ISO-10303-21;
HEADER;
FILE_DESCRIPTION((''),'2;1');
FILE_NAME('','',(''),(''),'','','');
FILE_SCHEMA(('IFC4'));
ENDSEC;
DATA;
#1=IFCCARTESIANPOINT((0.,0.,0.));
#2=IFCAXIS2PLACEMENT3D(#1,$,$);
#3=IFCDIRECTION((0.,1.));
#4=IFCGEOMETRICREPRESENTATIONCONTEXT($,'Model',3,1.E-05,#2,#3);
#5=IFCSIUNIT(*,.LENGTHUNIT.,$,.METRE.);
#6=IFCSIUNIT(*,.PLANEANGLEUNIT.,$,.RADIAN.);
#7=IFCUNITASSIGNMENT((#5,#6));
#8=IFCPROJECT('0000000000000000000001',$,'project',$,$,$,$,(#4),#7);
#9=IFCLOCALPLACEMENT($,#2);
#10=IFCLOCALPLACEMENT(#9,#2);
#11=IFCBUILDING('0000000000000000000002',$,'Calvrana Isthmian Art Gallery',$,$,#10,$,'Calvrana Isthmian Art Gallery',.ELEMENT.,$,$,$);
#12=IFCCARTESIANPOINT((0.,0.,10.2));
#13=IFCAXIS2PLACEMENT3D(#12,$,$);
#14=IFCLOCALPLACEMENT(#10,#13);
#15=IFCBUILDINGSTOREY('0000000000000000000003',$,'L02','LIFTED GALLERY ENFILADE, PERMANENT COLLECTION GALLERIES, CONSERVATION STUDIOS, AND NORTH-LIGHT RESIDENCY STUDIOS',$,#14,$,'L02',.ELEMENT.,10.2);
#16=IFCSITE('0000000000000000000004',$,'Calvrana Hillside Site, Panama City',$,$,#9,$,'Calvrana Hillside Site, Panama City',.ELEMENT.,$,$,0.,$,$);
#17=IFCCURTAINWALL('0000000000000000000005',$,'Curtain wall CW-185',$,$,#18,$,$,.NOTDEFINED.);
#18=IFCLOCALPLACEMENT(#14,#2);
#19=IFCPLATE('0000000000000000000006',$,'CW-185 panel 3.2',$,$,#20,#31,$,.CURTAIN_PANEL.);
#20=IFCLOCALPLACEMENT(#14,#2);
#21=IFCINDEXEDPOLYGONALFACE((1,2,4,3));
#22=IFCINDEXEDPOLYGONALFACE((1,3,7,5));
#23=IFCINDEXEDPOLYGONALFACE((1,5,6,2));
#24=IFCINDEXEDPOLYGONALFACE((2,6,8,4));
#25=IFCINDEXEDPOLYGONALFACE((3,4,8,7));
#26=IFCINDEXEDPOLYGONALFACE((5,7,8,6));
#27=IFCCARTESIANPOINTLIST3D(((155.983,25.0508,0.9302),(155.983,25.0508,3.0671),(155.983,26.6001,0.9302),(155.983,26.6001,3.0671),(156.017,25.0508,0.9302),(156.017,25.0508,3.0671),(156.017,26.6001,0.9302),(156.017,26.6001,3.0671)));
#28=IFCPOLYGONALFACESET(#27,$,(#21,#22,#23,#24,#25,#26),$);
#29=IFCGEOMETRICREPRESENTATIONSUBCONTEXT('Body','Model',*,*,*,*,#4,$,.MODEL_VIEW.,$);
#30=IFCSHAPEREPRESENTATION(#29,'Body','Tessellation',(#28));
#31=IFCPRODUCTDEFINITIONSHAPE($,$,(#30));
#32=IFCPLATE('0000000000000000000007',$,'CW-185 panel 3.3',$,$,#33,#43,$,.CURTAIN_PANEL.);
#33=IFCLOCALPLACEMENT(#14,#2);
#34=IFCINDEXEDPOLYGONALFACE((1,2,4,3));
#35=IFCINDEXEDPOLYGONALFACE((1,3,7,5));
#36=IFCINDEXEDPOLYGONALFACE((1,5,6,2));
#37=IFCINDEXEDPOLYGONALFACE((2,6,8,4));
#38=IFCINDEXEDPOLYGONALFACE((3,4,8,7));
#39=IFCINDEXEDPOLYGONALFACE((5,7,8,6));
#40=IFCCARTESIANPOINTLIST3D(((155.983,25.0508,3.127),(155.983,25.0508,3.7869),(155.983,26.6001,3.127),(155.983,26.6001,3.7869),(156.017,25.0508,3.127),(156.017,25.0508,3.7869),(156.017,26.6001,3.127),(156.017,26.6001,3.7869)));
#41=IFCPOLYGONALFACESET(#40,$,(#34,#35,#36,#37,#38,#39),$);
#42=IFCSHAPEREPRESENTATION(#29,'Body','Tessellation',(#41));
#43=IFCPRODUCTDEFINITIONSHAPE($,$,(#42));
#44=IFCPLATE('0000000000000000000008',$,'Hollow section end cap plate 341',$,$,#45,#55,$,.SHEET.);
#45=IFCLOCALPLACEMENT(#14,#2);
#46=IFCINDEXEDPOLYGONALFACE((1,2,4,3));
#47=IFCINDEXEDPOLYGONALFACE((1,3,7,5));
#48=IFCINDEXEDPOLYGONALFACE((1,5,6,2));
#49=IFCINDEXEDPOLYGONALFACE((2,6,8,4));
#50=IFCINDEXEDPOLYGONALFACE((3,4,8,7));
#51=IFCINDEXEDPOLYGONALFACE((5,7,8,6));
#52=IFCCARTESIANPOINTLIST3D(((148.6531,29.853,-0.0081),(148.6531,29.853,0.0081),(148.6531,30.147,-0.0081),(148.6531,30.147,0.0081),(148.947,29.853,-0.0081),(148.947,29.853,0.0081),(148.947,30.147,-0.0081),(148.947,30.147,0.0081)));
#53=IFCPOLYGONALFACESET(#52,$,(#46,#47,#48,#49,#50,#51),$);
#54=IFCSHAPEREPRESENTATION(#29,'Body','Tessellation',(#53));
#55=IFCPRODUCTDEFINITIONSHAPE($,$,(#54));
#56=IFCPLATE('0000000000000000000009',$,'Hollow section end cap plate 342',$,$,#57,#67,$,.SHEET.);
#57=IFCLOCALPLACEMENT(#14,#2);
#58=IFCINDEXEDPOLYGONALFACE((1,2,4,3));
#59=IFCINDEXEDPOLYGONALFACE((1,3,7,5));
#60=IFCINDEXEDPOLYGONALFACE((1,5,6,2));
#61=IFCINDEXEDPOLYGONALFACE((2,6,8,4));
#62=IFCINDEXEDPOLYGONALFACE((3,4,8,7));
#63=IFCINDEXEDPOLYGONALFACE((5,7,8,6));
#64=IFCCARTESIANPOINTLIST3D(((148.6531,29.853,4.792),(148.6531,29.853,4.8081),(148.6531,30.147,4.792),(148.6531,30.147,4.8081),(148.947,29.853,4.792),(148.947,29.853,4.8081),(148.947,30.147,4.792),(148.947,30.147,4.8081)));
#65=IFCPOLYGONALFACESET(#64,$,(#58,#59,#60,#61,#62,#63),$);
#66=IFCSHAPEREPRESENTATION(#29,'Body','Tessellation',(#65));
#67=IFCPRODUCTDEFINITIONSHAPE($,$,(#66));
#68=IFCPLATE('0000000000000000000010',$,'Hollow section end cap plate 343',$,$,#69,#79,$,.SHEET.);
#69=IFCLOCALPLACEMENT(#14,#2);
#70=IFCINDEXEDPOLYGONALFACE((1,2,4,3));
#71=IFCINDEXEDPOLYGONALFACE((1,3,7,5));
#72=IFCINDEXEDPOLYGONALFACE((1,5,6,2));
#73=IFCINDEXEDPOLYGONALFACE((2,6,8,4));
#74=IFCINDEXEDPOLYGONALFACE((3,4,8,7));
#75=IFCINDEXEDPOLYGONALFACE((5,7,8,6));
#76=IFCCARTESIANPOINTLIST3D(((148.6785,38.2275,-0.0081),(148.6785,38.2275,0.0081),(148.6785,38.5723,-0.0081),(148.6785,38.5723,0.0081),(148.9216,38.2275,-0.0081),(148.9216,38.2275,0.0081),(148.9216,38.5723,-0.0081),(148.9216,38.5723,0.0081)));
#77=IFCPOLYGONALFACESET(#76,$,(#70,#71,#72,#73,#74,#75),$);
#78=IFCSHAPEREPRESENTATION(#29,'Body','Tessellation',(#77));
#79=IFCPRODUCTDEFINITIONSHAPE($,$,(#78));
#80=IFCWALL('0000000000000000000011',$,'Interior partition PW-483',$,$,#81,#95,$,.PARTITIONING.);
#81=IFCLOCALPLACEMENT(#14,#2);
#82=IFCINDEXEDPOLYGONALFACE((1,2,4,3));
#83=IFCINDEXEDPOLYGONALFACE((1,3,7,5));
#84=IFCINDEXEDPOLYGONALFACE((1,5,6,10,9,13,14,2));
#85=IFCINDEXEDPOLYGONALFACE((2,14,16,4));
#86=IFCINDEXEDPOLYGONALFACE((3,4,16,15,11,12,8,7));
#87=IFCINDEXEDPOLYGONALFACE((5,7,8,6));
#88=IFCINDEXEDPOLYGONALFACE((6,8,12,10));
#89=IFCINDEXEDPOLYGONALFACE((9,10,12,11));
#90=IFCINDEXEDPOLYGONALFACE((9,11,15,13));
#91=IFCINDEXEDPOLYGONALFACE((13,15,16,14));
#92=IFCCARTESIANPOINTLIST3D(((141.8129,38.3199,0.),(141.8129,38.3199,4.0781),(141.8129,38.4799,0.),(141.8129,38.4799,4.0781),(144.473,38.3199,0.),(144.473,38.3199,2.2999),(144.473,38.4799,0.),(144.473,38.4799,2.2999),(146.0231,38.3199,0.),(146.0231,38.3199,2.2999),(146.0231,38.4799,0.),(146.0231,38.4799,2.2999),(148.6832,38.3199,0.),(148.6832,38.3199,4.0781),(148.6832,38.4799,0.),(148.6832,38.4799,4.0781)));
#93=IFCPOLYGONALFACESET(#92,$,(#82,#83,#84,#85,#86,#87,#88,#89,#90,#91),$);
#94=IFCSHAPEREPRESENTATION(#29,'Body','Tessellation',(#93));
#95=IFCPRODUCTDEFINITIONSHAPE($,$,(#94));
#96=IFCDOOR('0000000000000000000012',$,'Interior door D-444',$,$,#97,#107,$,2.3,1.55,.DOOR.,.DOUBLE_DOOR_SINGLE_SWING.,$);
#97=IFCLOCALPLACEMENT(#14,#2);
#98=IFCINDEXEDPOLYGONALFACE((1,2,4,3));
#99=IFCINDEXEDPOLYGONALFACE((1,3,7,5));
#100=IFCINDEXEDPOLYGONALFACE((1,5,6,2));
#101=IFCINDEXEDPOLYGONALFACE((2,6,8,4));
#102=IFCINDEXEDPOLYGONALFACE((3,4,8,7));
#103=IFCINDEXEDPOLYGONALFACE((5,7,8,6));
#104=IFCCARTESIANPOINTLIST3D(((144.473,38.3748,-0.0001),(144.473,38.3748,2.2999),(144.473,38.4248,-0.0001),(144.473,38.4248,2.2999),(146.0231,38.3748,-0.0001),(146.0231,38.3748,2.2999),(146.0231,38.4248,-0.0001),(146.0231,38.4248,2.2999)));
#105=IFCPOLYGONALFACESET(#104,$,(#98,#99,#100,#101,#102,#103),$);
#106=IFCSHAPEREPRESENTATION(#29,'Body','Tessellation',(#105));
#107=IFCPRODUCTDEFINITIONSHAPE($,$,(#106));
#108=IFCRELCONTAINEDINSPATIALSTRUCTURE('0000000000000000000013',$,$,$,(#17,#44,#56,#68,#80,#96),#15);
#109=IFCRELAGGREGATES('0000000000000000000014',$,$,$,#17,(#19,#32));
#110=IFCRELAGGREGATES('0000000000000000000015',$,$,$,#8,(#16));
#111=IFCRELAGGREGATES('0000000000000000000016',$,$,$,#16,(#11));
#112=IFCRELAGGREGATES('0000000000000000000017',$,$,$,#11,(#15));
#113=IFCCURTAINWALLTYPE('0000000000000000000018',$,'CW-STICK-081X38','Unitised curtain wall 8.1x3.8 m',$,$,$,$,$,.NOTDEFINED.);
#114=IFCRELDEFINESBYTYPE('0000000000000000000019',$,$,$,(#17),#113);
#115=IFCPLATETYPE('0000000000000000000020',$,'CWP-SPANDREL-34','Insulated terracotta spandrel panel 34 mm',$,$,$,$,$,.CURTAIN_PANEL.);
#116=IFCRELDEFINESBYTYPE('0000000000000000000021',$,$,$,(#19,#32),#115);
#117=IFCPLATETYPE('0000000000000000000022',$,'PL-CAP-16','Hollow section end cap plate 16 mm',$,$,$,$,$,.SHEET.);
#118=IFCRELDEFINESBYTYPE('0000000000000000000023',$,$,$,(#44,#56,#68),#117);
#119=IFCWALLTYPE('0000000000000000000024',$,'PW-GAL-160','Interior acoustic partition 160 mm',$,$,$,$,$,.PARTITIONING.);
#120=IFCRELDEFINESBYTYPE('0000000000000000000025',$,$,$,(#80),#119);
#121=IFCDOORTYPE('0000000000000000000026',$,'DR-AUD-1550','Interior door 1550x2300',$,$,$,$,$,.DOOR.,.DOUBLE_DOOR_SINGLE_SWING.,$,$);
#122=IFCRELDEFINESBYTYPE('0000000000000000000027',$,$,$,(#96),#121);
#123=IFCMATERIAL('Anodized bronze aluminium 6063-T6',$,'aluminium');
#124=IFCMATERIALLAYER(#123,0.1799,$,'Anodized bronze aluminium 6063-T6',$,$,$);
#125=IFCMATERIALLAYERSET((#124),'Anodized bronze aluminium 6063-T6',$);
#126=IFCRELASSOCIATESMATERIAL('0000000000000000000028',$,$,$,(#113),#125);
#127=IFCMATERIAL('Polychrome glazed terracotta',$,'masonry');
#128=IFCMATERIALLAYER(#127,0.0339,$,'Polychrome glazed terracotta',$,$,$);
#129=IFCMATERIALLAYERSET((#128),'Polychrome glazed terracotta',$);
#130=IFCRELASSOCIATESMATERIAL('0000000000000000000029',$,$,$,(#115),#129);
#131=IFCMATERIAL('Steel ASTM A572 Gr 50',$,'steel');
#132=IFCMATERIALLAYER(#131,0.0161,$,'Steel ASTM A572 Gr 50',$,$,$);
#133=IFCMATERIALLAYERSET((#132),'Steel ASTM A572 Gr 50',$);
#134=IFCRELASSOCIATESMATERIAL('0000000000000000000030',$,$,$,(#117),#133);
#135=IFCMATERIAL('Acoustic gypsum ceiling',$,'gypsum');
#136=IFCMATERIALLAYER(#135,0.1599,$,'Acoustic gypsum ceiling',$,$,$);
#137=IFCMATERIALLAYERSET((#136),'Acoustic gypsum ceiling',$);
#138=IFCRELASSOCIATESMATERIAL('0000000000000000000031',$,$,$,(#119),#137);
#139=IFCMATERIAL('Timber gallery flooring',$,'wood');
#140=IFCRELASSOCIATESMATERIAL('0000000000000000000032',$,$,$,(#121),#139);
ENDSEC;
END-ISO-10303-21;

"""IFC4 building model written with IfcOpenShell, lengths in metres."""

from ifc_helpers import new_model, si_unit, direction, frame, frame_2d, origin, origin_2d, place, context, subcontext, project, spatial, rectangle, extrude, material, layer, layer_set, type_object, element, fill, aggregate, save


model = new_model("IFC4")

# Units and contexts
model_context = context("Model", 3, precision=1e-05, world=origin(), true_north=direction((0.0, 1.0)))
body_context = subcontext(model_context, "Body", "Model", "MODEL_VIEW")
ifc_project = project(units=[si_unit("LENGTHUNIT", "METRE"), si_unit("PLANEANGLEUNIT", "RADIAN")], contexts=[model_context])

# Site, building, storey
site_placement = place(None, origin())
site = spatial("IfcSite", under=ifc_project, at=site_placement, Name="Calvrana Hillside Site, Panama City", LongName="Calvrana Hillside Site, Panama City", CompositionType="ELEMENT", RefElevation=0.0)
building_placement = place(site_placement, origin())
building = spatial("IfcBuilding", under=site, at=building_placement, Name="Calvrana Isthmian Art Gallery", LongName="Calvrana Isthmian Art Gallery", CompositionType="ELEMENT")
storey_placement = place(building_placement, frame((0.0, 0.0, 10.2)))
storey = spatial("IfcBuildingStorey", under=building, at=storey_placement, Name="L02", Description="LIFTED GALLERY ENFILADE, PERMANENT COLLECTION GALLERIES, CONSERVATION STUDIOS, AND NORTH-LIGHT RESIDENCY STUDIOS", LongName="L02", CompositionType="ELEMENT", Elevation=10.2)

# Curtain wall, plates
ifc_material_1 = material(Name="Anodized bronze aluminium 6063-T6", Category="aluminium")
ifc_layer_1 = layer(ifc_material_1, 0.1799, Name="Anodized bronze aluminium 6063-T6")
ifc_layer_set_1 = layer_set([ifc_layer_1], Name="Anodized bronze aluminium 6063-T6")
curtain_wall_type = type_object("IfcCurtainWallType", Name="CW-STICK-081X38", Description="Unitised curtain wall 8.1x3.8 m", PredefinedType="NOTDEFINED", material=ifc_layer_set_1)
curtain_wall_placement = place(storey_placement, origin())
curtain_wall = element("IfcCurtainWall", 1, at=curtain_wall_placement, inside=storey, type_object=curtain_wall_type, Name="Curtain wall CW-185", PredefinedType="NOTDEFINED")
ifc_material_2 = material(Name="Polychrome glazed terracotta", Category="masonry")
ifc_layer_2 = layer(ifc_material_2, 0.0339, Name="Polychrome glazed terracotta")
ifc_layer_set_2 = layer_set([ifc_layer_2], Name="Polychrome glazed terracotta")
plate_type_1 = type_object("IfcPlateType", Name="CWP-SPANDREL-34", Description="Insulated terracotta spandrel panel 34 mm", PredefinedType="CURTAIN_PANEL", material=ifc_layer_set_2)
plate_1_placement = place(storey_placement, frame((156.0, 25.8254, 0.9302), z_axis=(0.0, 0.0, 1.0), x_axis=(0.0, -1.0, 0.0)))
plate_1 = element("IfcPlate", 2, at=plate_1_placement, type_object=plate_type_1, Name="CW-185 panel 3.2", PredefinedType="CURTAIN_PANEL", context=body_context, shape_type="SweptSolid", body=[
    extrude(rectangle(XDim=1.5493, YDim=0.0339, at=origin_2d()), origin(), (0.0, 0.0, 1.0), 2.137),
])
plate_2_placement = place(storey_placement, frame((156.0, 25.8254, 3.127), z_axis=(0.0, 0.0, 1.0), x_axis=(0.0, -1.0, 0.0)))
plate_2 = element("IfcPlate", 3, at=plate_2_placement, type_object=plate_type_1, Name="CW-185 panel 3.3", PredefinedType="CURTAIN_PANEL", context=body_context, shape_type="SweptSolid", body=[
    extrude(rectangle(XDim=1.5493, YDim=0.0339, at=origin_2d()), origin(), (0.0, 0.0, 1.0), 0.6599),
])
aggregate(curtain_wall, [plate_1, plate_2])

# Plates
ifc_material_3 = material(Name="Steel ASTM A572 Gr 50", Category="steel")
ifc_layer_3 = layer(ifc_material_3, 0.0161, Name="Steel ASTM A572 Gr 50")
ifc_layer_set_3 = layer_set([ifc_layer_3], Name="Steel ASTM A572 Gr 50")
plate_type_2 = type_object("IfcPlateType", Name="PL-CAP-16", Description="Hollow section end cap plate 16 mm", PredefinedType="SHEET", material=ifc_layer_set_3)
for number, where, z_axis, x_axis, name in (
    (4, (148.8, 30.0, -0.0081), (0.0, 0.0, 1.0), (1.0, 0.0, 0.0), "Hollow section end cap plate 341"),
    (5, (148.8, 30.0, 4.792), (0.0, 0.0, 1.0), (1.0, 0.0, 0.0), "Hollow section end cap plate 342"),
):
    element("IfcPlate", number, at=place(storey_placement, frame(where, z_axis=z_axis, x_axis=x_axis)), inside=storey, type_object=plate_type_2, Name=name, PredefinedType="SHEET", context=body_context, shape_type="SweptSolid", body=[
        extrude(rectangle(XDim=0.2939, YDim=0.2939, at=origin_2d()), origin(), (0.0, 0.0, 1.0), 0.0161),
    ])
plate_3_placement = place(storey_placement, frame((148.8, 38.3999, -0.0081), z_axis=(0.0, 0.0, 1.0), x_axis=(1.0, 0.0, 0.0)))
element("IfcPlate", 6, at=plate_3_placement, inside=storey, type_object=plate_type_2, Name="Hollow section end cap plate 343", PredefinedType="SHEET", context=body_context, shape_type="SweptSolid", body=[
    extrude(rectangle(XDim=0.2432, YDim=0.3447, at=origin_2d()), origin(), (0.0, 0.0, 1.0), 0.0161),
])

# Wall, opening, door
ifc_material_4 = material(Name="Acoustic gypsum ceiling", Category="gypsum")
ifc_layer_4 = layer(ifc_material_4, 0.1599, Name="Acoustic gypsum ceiling")
ifc_layer_set_4 = layer_set([ifc_layer_4], Name="Acoustic gypsum ceiling")
wall_type = type_object("IfcWallType", Name="PW-GAL-160", Description="Interior acoustic partition 160 mm", PredefinedType="PARTITIONING", material=ifc_layer_set_4)
wall_placement = place(storey_placement, frame((141.813, 38.3999, 0.0), z_axis=(0.0, 0.0, 1.0), x_axis=(1.0, 0.0, 0.0)))
wall = element("IfcWall", 7, at=wall_placement, inside=storey, type_object=wall_type, Name="Interior partition PW-483", PredefinedType="PARTITIONING", context=body_context, shape_type="SweptSolid", body=[
    extrude(rectangle(XDim=6.8704, YDim=0.1599, at=frame_2d((3.4351, 0.0))), origin(), (0.0, 0.0, 1.0), 4.0781),
])
opening_placement = place(wall_placement, frame((2.6602, 0.0, 0.0)))
opening = element("IfcOpeningElement", 8, at=opening_placement, cuts=wall, PredefinedType="OPENING", context=body_context, shape_type="SweptSolid", body=[
    extrude(rectangle(XDim=1.55, YDim=2.3, at=frame_2d((0.7749, 1.1499))), frame((0.0, 0.0903, 0.0), z_axis=(0.0, -1.0, 0.0), x_axis=(1.0, 0.0, 0.0)), (0.0, 0.0, 1.0), 0.1804),
])
ifc_material_5 = material(Name="Timber gallery flooring", Category="wood")
door_type = type_object("IfcDoorType", Name="DR-AUD-1550", Description="Interior door 1550x2300", OperationType="DOUBLE_DOOR_SINGLE_SWING", PredefinedType="DOOR", material=ifc_material_5)
door_placement = place(opening_placement, origin())
door = element("IfcDoor", 9, at=door_placement, inside=storey, type_object=door_type, Name="Interior door D-444", OperationType="DOUBLE_DOOR_SINGLE_SWING", OverallHeight=2.3, OverallWidth=1.55, PredefinedType="DOOR", context=body_context, shape_type="SweptSolid", body=[
    extrude(rectangle(XDim=1.55, YDim=2.3, at=frame_2d((0.7749, 1.1499))), frame((0.0, 0.0249, 0.0), z_axis=(0.0, -1.0, 0.0), x_axis=(1.0, 0.0, 0.0)), (0.0, 0.0, 1.0), 0.05),
])
fill(opening, door)

save(model, "model.ifc")
